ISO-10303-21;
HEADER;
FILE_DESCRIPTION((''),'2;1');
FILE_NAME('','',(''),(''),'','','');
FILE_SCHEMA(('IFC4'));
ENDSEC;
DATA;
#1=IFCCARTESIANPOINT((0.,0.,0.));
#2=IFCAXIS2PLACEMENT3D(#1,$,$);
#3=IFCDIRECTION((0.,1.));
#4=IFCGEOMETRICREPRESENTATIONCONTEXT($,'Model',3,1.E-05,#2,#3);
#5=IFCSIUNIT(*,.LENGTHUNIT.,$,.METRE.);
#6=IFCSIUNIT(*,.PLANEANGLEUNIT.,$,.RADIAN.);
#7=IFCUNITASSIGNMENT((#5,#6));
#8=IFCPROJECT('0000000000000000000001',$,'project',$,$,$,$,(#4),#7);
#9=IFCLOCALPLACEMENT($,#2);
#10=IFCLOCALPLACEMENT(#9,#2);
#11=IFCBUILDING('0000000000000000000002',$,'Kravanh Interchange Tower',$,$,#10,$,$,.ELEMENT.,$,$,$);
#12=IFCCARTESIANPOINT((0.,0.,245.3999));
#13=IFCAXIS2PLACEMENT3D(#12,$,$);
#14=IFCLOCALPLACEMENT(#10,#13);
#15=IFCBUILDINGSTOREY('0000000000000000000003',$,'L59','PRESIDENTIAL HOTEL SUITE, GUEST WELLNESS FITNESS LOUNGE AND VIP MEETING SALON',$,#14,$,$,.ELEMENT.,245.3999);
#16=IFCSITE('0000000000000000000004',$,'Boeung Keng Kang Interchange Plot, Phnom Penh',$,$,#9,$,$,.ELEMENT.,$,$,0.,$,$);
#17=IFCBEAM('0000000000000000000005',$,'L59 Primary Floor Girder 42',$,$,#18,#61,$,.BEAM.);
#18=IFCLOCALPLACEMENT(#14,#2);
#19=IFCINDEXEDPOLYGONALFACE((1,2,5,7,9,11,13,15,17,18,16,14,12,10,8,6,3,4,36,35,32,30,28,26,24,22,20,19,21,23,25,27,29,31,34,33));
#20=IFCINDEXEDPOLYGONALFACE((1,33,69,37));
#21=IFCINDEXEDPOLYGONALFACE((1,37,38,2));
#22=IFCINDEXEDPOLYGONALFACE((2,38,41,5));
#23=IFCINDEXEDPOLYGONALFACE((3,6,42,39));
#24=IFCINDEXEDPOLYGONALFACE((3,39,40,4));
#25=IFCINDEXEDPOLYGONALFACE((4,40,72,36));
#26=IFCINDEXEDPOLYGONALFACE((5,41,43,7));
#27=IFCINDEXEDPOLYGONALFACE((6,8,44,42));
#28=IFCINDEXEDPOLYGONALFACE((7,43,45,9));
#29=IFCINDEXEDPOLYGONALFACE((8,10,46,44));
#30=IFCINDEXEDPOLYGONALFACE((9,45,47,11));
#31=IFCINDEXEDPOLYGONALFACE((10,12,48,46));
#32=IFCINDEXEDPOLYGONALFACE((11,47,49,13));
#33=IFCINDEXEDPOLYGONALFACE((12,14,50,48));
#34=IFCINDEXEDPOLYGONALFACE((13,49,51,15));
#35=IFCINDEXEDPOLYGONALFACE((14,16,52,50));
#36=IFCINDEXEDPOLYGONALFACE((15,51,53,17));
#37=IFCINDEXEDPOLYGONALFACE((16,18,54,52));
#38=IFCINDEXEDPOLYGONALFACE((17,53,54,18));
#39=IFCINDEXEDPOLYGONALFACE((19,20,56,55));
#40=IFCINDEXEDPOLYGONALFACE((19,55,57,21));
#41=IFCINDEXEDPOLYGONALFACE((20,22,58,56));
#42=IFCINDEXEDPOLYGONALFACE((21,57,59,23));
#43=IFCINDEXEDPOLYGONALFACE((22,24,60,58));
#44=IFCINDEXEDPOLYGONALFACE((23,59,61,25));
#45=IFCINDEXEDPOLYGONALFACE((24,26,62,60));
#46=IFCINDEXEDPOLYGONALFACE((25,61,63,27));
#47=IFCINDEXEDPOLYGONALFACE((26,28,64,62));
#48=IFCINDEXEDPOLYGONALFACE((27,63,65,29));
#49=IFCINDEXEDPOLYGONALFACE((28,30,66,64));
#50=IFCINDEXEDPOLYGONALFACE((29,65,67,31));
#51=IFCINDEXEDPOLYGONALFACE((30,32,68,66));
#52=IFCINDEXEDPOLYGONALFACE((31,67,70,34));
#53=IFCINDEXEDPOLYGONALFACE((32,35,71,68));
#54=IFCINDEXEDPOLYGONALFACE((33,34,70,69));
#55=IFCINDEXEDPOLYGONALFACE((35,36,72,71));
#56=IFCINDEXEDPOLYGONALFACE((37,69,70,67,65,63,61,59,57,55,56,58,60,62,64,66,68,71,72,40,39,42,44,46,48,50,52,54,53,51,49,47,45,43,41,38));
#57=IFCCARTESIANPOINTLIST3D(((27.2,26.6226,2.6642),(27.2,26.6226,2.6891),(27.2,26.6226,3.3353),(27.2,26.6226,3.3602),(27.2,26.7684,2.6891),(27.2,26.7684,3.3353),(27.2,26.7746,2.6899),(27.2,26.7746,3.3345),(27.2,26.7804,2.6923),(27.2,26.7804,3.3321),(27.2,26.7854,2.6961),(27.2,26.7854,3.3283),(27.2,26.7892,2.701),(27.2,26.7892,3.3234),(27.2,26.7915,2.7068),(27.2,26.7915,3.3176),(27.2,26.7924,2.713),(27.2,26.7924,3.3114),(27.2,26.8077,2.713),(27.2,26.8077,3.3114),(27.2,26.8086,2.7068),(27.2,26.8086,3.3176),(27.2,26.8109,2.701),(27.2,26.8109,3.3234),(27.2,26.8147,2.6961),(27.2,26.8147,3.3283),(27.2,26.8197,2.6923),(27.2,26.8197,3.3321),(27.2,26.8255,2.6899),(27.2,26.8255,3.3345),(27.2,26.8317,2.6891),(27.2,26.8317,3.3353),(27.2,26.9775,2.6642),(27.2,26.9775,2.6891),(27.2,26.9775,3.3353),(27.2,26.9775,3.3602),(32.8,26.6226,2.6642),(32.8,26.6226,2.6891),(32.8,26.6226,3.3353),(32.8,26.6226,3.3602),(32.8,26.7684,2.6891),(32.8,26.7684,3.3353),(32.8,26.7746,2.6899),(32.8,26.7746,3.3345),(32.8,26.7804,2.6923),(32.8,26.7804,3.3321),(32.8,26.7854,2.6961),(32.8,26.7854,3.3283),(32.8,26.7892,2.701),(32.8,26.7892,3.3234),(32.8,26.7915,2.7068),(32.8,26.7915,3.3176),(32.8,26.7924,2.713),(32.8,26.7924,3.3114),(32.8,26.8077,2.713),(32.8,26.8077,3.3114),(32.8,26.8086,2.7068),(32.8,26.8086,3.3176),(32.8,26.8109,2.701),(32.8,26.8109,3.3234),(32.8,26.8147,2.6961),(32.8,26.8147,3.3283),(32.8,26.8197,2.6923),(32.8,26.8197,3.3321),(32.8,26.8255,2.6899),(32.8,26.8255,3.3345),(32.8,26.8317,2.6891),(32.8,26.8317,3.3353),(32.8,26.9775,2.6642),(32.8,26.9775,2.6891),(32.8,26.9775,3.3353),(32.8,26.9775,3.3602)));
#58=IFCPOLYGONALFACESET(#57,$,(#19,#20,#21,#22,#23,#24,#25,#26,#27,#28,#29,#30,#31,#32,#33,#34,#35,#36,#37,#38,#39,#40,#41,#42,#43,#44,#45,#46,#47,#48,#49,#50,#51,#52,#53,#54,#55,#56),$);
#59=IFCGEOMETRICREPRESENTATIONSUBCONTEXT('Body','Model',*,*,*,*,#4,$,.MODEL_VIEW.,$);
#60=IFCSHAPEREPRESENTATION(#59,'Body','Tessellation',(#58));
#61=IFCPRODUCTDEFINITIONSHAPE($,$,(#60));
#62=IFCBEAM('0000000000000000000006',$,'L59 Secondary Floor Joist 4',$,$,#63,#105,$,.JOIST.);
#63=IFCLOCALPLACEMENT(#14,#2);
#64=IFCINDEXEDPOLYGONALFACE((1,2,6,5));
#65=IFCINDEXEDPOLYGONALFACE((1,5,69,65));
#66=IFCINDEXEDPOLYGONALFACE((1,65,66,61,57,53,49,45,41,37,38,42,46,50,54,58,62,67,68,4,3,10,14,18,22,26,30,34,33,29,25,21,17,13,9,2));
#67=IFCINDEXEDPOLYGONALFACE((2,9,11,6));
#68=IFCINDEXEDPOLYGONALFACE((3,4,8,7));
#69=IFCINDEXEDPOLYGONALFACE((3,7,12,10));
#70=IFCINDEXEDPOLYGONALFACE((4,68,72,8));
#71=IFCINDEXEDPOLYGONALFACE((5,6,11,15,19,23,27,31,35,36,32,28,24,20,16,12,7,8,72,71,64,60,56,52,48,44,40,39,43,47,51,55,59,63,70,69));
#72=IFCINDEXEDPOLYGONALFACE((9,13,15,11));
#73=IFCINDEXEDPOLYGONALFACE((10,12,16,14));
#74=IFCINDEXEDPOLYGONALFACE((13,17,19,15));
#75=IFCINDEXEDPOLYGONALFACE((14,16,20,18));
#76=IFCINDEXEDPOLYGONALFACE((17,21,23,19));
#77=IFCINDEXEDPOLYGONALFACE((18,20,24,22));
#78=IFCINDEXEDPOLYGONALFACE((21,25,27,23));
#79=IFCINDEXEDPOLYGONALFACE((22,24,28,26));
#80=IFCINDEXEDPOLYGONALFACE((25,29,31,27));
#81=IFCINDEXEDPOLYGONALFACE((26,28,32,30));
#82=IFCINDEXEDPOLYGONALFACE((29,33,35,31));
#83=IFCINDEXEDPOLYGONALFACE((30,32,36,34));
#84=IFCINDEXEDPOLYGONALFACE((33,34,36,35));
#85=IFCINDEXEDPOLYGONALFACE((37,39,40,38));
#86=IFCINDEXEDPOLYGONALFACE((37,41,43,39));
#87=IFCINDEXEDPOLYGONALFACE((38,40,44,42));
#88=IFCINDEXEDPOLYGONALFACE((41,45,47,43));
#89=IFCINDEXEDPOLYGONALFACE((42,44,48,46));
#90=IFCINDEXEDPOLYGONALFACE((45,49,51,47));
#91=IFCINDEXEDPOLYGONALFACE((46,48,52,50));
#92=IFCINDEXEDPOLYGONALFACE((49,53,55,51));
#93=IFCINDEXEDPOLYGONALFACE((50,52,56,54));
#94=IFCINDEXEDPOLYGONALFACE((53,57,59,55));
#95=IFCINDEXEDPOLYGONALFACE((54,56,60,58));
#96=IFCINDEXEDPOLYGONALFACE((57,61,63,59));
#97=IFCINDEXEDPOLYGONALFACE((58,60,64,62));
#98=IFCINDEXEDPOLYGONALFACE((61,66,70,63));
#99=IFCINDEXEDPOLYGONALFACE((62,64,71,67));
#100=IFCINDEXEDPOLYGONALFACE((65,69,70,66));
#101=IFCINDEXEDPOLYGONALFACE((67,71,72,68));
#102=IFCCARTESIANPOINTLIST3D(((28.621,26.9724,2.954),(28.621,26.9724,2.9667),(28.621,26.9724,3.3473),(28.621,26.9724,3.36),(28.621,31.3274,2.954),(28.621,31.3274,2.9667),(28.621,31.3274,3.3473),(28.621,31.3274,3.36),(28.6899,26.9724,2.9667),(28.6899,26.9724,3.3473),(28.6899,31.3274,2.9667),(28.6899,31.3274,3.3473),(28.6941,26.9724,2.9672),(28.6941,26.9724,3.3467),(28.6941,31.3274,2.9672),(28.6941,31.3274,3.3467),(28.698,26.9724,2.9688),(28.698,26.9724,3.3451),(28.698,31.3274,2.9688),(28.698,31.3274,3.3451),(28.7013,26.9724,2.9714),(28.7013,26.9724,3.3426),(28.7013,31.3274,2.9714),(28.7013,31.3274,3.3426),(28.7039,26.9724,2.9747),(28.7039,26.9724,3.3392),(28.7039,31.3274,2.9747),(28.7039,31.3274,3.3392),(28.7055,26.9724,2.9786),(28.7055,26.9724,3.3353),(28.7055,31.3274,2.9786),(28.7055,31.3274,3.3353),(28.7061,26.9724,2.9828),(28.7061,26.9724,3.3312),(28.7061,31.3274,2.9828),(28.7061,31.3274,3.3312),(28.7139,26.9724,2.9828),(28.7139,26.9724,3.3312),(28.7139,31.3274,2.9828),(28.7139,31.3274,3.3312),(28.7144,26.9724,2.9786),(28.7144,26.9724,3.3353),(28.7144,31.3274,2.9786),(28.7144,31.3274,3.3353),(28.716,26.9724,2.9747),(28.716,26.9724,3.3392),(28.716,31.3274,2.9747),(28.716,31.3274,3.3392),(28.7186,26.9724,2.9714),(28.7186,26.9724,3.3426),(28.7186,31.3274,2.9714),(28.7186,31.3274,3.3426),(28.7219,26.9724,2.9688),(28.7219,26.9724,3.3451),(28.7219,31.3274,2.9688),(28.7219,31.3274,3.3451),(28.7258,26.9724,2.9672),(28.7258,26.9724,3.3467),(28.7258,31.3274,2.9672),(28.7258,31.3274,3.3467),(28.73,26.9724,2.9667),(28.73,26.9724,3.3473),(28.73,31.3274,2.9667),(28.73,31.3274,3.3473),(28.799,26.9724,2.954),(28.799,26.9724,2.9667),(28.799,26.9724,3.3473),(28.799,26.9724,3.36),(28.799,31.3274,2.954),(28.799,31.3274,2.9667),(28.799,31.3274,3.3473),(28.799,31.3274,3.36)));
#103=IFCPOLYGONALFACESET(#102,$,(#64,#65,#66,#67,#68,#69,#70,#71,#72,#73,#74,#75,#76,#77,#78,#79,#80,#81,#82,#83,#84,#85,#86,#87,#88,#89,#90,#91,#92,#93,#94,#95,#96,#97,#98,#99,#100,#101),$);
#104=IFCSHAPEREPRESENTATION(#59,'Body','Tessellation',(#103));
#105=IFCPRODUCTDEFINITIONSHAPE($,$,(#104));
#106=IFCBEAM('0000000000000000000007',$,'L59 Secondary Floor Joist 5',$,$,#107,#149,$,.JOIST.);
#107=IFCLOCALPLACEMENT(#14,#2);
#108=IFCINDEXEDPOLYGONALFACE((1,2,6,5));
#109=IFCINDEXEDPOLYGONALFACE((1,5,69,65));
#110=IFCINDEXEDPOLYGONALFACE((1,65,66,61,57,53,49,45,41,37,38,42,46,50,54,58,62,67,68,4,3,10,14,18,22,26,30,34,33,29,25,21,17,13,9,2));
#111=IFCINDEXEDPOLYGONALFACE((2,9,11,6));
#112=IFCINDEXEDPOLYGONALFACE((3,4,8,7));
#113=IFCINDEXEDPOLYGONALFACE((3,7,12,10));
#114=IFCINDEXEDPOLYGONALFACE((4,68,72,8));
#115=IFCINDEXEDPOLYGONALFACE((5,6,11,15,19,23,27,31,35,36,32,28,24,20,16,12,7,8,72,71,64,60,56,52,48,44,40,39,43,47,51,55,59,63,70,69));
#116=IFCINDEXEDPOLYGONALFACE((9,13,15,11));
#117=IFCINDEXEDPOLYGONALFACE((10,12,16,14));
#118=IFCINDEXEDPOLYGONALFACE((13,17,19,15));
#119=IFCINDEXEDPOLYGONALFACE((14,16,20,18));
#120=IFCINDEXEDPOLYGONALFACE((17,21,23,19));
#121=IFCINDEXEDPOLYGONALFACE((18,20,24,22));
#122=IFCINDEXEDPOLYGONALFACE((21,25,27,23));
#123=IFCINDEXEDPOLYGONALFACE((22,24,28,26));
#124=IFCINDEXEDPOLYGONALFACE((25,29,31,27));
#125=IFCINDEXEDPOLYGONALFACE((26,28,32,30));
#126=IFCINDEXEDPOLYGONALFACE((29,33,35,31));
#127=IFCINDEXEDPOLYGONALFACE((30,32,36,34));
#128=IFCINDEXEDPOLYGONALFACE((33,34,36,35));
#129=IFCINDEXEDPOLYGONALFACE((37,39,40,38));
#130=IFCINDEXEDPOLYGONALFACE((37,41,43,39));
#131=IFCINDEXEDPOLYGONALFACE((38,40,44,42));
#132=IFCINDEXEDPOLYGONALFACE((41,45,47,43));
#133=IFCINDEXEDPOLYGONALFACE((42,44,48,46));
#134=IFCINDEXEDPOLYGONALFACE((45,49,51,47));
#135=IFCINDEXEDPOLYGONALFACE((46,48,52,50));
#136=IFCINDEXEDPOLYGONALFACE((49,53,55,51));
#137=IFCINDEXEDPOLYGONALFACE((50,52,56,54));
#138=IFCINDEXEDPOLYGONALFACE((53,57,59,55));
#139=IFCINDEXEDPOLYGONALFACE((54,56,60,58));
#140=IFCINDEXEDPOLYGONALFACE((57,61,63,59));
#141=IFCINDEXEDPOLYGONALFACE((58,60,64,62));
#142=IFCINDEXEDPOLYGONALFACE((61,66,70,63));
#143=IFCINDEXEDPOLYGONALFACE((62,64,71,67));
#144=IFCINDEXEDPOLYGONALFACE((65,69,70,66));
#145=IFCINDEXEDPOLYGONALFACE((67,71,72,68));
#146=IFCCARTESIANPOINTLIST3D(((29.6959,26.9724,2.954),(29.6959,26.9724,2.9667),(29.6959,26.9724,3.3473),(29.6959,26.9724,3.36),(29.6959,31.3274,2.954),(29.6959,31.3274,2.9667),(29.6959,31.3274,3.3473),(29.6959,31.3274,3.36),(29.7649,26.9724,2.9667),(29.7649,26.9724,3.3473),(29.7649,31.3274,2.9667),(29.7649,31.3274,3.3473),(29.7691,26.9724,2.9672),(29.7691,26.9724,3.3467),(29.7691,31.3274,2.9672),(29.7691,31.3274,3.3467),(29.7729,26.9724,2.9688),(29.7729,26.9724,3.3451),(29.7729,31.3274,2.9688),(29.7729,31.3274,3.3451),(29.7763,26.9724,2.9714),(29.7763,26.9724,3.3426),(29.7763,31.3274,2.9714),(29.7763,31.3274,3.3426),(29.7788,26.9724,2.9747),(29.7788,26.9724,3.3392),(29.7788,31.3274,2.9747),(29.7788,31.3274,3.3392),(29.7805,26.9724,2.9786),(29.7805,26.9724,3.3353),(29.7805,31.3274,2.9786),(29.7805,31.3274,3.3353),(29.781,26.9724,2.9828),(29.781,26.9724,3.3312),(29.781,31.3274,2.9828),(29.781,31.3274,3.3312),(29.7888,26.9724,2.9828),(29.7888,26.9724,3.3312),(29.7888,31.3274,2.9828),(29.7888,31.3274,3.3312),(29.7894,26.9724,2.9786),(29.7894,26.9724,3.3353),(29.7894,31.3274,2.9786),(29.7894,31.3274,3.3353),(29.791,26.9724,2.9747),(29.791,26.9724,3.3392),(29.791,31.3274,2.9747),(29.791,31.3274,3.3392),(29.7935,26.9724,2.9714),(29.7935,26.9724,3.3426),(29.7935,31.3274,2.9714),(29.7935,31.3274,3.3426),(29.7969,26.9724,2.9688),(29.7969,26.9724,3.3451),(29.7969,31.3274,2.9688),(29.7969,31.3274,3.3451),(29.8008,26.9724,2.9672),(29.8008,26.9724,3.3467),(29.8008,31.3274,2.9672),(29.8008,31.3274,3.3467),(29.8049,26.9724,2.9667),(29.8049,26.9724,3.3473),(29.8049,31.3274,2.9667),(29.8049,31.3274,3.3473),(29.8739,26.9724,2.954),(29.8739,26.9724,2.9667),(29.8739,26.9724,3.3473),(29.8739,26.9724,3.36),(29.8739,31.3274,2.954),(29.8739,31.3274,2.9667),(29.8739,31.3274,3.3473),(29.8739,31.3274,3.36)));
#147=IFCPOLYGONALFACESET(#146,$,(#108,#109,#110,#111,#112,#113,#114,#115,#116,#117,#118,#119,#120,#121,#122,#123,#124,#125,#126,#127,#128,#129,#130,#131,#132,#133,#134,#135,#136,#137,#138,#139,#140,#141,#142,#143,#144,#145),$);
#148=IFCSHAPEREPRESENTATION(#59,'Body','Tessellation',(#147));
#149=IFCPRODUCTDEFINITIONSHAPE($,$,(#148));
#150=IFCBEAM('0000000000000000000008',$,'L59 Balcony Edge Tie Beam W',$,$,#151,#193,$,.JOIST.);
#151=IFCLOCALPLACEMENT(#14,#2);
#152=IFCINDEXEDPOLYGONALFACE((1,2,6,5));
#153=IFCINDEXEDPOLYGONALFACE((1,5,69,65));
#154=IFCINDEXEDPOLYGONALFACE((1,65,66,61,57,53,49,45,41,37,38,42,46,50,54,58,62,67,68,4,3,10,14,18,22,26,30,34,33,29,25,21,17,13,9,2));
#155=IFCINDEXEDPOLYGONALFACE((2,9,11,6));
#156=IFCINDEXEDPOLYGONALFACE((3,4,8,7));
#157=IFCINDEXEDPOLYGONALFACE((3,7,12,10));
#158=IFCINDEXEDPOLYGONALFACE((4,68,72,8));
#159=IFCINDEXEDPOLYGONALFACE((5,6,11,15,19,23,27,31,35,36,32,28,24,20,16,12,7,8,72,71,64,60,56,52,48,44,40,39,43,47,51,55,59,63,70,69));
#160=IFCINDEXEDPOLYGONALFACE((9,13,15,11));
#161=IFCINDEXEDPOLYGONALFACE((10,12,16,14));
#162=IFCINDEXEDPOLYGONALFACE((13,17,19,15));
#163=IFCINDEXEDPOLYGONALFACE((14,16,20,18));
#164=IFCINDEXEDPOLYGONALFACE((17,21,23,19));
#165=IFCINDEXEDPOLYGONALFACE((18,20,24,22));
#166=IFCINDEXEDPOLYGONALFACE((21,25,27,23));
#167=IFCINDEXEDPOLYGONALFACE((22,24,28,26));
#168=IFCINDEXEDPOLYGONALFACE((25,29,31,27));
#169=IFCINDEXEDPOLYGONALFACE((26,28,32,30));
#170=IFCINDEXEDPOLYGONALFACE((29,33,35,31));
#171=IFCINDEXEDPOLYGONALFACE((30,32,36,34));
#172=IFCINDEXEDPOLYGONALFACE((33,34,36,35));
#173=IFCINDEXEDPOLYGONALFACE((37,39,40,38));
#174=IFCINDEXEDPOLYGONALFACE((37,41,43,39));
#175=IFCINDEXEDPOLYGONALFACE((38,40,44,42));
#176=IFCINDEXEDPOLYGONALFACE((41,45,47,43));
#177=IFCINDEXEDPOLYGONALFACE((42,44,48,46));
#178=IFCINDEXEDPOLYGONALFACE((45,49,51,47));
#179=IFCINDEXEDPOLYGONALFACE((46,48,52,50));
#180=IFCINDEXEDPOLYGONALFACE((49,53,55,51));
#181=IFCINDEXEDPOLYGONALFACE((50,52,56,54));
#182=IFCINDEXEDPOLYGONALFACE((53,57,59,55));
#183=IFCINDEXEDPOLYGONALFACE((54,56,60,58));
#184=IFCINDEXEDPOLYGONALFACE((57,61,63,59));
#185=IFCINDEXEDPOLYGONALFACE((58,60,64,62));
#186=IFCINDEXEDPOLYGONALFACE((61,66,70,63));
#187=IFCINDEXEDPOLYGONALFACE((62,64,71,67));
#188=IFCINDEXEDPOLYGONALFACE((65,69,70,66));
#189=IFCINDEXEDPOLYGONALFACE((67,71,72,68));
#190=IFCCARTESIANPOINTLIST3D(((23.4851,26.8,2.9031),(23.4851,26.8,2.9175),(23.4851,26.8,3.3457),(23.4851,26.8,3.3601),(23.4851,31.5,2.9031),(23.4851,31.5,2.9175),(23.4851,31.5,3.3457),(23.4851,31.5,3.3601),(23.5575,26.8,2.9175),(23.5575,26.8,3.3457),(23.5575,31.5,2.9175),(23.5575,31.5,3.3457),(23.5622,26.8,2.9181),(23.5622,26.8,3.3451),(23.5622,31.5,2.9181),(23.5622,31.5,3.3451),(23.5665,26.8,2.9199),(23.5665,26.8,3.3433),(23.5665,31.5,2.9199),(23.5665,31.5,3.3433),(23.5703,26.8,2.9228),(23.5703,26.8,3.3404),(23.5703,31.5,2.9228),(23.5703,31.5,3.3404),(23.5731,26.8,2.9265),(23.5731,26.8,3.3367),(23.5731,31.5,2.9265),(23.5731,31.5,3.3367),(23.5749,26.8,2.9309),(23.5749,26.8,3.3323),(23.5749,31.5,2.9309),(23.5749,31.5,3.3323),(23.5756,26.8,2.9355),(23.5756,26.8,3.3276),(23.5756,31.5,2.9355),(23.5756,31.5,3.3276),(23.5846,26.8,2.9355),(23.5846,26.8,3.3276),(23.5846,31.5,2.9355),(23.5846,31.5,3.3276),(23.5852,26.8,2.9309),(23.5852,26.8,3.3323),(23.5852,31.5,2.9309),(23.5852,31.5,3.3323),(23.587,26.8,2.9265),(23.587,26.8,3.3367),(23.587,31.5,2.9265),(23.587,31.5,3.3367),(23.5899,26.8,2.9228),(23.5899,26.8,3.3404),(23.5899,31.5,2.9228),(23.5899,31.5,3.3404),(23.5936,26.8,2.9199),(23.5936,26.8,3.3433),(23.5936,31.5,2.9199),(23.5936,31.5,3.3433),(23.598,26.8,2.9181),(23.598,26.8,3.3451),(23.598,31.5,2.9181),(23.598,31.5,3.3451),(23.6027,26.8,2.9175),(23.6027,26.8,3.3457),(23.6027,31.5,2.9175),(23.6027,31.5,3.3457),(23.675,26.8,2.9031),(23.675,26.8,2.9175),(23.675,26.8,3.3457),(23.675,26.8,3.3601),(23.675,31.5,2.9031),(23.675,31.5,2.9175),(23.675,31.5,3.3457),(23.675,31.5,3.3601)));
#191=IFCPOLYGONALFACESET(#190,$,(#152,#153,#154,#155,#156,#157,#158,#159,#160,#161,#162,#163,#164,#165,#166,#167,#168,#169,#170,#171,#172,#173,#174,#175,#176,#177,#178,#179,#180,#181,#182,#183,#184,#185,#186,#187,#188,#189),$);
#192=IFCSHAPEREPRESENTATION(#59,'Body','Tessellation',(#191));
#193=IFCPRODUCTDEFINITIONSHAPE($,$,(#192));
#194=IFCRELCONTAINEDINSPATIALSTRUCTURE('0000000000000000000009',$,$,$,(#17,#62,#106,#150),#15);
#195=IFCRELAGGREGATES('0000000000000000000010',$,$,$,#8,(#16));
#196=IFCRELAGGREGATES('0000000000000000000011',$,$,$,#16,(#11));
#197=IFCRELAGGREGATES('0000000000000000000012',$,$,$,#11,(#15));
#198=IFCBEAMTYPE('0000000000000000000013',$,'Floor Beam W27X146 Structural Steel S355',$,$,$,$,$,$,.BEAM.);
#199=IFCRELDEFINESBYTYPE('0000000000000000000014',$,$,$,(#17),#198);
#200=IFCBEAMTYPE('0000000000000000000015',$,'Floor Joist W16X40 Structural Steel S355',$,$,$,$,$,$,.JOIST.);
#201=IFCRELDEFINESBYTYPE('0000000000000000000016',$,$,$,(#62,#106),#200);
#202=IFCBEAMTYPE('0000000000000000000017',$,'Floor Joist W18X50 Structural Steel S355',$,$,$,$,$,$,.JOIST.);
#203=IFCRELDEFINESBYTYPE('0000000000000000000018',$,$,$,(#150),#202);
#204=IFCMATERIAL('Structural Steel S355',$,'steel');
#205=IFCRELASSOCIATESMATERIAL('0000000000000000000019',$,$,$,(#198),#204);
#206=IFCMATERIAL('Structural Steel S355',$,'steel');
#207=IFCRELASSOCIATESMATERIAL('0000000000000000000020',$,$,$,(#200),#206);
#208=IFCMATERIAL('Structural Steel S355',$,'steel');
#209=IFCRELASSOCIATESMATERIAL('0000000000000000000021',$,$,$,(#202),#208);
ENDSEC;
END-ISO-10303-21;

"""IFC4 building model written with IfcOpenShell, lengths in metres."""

from ifc_helpers import new_model, si_unit, direction, frame, origin, origin_2d, place, context, subcontext, project, spatial, i_section, extrude, material, material_profile, profile_set, type_object, element, save


model = new_model("IFC4")

# Units and contexts
model_context = context("Model", 3, precision=1e-05, world=origin(), true_north=direction((0.0, 1.0)))
body_context = subcontext(model_context, "Body", "Model", "MODEL_VIEW")
ifc_project = project(units=[si_unit("LENGTHUNIT", "METRE"), si_unit("PLANEANGLEUNIT", "RADIAN")], contexts=[model_context])

# Site, building, storey
site_placement = place(None, origin())
site = spatial("IfcSite", under=ifc_project, at=site_placement, Name="Boeung Keng Kang Interchange Plot, Phnom Penh", CompositionType="ELEMENT", RefElevation=0.0)
building_placement = place(site_placement, origin())
building = spatial("IfcBuilding", under=site, at=building_placement, Name="Kravanh Interchange Tower", CompositionType="ELEMENT")
storey_placement = place(building_placement, frame((0.0, 0.0, 245.3999)))
storey = spatial("IfcBuildingStorey", under=building, at=storey_placement, Name="L59", Description="PRESIDENTIAL HOTEL SUITE, GUEST WELLNESS FITNESS LOUNGE AND VIP MEETING SALON", CompositionType="ELEMENT", Elevation=245.3999)

# Beams
ifc_material_1 = material(Name="Structural Steel S355", Category="steel")
ifc_material_profile_1 = material_profile(ifc_material_1, i_section(OverallWidth=0.355, OverallDepth=0.696, WebThickness=0.0154, FlangeThickness=0.0249, FilletRadius=0.0239, at=origin_2d()), Name="W27X146")
ifc_profile_set_1 = profile_set([ifc_material_profile_1], Name="Structural Steel S355")
beam_type_1 = type_object("IfcBeamType", Name="Floor Beam W27X146 Structural Steel S355", PredefinedType="BEAM", material=ifc_profile_set_1)
beam_1_placement = place(storey_placement, frame((27.2, 26.8, 3.0122), z_axis=(1.0, 0.0, 0.0), x_axis=(0.0, 1.0, 0.0)))
element("IfcBeam", 1, at=beam_1_placement, inside=storey, type_object=beam_type_1, Name="L59 Primary Floor Girder 42", PredefinedType="BEAM", context=body_context, shape_type="SweptSolid", body=[
    extrude(i_section(OverallWidth=0.355, OverallDepth=0.696, WebThickness=0.0154, FlangeThickness=0.0249, FilletRadius=0.0239, at=origin_2d()), origin(), (0.0, 0.0, 1.0), 5.6001),
])
ifc_material_2 = material(Name="Structural Steel S355", Category="steel")
ifc_material_profile_2 = material_profile(ifc_material_2, i_section(OverallWidth=0.178, OverallDepth=0.406, WebThickness=0.0078, FlangeThickness=0.0127, FilletRadius=0.0161, at=origin_2d()), Name="W16X40")
ifc_profile_set_2 = profile_set([ifc_material_profile_2], Name="Structural Steel S355")
beam_type_2 = type_object("IfcBeamType", Name="Floor Joist W16X40 Structural Steel S355", PredefinedType="JOIST", material=ifc_profile_set_2)
for number, where, z_axis, x_axis, name in (
    (2, (28.71, 26.9724, 3.157), (0.0, 1.0, 0.0), (-1.0, 0.0, 0.0), "L59 Secondary Floor Joist 4"),
    (3, (29.7849, 26.9724, 3.157), (0.0, 1.0, 0.0), (-1.0, 0.0, 0.0), "L59 Secondary Floor Joist 5"),
):
    element("IfcBeam", number, at=place(storey_placement, frame(where, z_axis=z_axis, x_axis=x_axis)), inside=storey, type_object=beam_type_2, Name=name, PredefinedType="JOIST", context=body_context, shape_type="SweptSolid", body=[
        extrude(i_section(OverallWidth=0.178, OverallDepth=0.406, WebThickness=0.0078, FlangeThickness=0.0127, FilletRadius=0.0161, at=origin_2d()), origin(), (0.0, 0.0, 1.0), 4.355),
    ])
ifc_material_3 = material(Name="Structural Steel S355", Category="steel")
ifc_material_profile_3 = material_profile(ifc_material_3, i_section(OverallWidth=0.1899, OverallDepth=0.457, WebThickness=0.009, FlangeThickness=0.0144, FilletRadius=0.0181, at=origin_2d()), Name="W18X50")
ifc_profile_set_3 = profile_set([ifc_material_profile_3], Name="Structural Steel S355")
beam_type_3 = type_object("IfcBeamType", Name="Floor Joist W18X50 Structural Steel S355", PredefinedType="JOIST", material=ifc_profile_set_3)
beam_2_placement = place(storey_placement, frame((23.5801, 26.8, 3.1316), z_axis=(0.0, 1.0, 0.0), x_axis=(-1.0, 0.0, 0.0)))
element("IfcBeam", 4, at=beam_2_placement, inside=storey, type_object=beam_type_3, Name="L59 Balcony Edge Tie Beam W", PredefinedType="JOIST", context=body_context, shape_type="SweptSolid", body=[
    extrude(i_section(OverallWidth=0.1899, OverallDepth=0.457, WebThickness=0.009, FlangeThickness=0.0144, FilletRadius=0.0181, at=origin_2d()), origin(), (0.0, 0.0, 1.0), 4.7),
])

save(model, "model.ifc")
